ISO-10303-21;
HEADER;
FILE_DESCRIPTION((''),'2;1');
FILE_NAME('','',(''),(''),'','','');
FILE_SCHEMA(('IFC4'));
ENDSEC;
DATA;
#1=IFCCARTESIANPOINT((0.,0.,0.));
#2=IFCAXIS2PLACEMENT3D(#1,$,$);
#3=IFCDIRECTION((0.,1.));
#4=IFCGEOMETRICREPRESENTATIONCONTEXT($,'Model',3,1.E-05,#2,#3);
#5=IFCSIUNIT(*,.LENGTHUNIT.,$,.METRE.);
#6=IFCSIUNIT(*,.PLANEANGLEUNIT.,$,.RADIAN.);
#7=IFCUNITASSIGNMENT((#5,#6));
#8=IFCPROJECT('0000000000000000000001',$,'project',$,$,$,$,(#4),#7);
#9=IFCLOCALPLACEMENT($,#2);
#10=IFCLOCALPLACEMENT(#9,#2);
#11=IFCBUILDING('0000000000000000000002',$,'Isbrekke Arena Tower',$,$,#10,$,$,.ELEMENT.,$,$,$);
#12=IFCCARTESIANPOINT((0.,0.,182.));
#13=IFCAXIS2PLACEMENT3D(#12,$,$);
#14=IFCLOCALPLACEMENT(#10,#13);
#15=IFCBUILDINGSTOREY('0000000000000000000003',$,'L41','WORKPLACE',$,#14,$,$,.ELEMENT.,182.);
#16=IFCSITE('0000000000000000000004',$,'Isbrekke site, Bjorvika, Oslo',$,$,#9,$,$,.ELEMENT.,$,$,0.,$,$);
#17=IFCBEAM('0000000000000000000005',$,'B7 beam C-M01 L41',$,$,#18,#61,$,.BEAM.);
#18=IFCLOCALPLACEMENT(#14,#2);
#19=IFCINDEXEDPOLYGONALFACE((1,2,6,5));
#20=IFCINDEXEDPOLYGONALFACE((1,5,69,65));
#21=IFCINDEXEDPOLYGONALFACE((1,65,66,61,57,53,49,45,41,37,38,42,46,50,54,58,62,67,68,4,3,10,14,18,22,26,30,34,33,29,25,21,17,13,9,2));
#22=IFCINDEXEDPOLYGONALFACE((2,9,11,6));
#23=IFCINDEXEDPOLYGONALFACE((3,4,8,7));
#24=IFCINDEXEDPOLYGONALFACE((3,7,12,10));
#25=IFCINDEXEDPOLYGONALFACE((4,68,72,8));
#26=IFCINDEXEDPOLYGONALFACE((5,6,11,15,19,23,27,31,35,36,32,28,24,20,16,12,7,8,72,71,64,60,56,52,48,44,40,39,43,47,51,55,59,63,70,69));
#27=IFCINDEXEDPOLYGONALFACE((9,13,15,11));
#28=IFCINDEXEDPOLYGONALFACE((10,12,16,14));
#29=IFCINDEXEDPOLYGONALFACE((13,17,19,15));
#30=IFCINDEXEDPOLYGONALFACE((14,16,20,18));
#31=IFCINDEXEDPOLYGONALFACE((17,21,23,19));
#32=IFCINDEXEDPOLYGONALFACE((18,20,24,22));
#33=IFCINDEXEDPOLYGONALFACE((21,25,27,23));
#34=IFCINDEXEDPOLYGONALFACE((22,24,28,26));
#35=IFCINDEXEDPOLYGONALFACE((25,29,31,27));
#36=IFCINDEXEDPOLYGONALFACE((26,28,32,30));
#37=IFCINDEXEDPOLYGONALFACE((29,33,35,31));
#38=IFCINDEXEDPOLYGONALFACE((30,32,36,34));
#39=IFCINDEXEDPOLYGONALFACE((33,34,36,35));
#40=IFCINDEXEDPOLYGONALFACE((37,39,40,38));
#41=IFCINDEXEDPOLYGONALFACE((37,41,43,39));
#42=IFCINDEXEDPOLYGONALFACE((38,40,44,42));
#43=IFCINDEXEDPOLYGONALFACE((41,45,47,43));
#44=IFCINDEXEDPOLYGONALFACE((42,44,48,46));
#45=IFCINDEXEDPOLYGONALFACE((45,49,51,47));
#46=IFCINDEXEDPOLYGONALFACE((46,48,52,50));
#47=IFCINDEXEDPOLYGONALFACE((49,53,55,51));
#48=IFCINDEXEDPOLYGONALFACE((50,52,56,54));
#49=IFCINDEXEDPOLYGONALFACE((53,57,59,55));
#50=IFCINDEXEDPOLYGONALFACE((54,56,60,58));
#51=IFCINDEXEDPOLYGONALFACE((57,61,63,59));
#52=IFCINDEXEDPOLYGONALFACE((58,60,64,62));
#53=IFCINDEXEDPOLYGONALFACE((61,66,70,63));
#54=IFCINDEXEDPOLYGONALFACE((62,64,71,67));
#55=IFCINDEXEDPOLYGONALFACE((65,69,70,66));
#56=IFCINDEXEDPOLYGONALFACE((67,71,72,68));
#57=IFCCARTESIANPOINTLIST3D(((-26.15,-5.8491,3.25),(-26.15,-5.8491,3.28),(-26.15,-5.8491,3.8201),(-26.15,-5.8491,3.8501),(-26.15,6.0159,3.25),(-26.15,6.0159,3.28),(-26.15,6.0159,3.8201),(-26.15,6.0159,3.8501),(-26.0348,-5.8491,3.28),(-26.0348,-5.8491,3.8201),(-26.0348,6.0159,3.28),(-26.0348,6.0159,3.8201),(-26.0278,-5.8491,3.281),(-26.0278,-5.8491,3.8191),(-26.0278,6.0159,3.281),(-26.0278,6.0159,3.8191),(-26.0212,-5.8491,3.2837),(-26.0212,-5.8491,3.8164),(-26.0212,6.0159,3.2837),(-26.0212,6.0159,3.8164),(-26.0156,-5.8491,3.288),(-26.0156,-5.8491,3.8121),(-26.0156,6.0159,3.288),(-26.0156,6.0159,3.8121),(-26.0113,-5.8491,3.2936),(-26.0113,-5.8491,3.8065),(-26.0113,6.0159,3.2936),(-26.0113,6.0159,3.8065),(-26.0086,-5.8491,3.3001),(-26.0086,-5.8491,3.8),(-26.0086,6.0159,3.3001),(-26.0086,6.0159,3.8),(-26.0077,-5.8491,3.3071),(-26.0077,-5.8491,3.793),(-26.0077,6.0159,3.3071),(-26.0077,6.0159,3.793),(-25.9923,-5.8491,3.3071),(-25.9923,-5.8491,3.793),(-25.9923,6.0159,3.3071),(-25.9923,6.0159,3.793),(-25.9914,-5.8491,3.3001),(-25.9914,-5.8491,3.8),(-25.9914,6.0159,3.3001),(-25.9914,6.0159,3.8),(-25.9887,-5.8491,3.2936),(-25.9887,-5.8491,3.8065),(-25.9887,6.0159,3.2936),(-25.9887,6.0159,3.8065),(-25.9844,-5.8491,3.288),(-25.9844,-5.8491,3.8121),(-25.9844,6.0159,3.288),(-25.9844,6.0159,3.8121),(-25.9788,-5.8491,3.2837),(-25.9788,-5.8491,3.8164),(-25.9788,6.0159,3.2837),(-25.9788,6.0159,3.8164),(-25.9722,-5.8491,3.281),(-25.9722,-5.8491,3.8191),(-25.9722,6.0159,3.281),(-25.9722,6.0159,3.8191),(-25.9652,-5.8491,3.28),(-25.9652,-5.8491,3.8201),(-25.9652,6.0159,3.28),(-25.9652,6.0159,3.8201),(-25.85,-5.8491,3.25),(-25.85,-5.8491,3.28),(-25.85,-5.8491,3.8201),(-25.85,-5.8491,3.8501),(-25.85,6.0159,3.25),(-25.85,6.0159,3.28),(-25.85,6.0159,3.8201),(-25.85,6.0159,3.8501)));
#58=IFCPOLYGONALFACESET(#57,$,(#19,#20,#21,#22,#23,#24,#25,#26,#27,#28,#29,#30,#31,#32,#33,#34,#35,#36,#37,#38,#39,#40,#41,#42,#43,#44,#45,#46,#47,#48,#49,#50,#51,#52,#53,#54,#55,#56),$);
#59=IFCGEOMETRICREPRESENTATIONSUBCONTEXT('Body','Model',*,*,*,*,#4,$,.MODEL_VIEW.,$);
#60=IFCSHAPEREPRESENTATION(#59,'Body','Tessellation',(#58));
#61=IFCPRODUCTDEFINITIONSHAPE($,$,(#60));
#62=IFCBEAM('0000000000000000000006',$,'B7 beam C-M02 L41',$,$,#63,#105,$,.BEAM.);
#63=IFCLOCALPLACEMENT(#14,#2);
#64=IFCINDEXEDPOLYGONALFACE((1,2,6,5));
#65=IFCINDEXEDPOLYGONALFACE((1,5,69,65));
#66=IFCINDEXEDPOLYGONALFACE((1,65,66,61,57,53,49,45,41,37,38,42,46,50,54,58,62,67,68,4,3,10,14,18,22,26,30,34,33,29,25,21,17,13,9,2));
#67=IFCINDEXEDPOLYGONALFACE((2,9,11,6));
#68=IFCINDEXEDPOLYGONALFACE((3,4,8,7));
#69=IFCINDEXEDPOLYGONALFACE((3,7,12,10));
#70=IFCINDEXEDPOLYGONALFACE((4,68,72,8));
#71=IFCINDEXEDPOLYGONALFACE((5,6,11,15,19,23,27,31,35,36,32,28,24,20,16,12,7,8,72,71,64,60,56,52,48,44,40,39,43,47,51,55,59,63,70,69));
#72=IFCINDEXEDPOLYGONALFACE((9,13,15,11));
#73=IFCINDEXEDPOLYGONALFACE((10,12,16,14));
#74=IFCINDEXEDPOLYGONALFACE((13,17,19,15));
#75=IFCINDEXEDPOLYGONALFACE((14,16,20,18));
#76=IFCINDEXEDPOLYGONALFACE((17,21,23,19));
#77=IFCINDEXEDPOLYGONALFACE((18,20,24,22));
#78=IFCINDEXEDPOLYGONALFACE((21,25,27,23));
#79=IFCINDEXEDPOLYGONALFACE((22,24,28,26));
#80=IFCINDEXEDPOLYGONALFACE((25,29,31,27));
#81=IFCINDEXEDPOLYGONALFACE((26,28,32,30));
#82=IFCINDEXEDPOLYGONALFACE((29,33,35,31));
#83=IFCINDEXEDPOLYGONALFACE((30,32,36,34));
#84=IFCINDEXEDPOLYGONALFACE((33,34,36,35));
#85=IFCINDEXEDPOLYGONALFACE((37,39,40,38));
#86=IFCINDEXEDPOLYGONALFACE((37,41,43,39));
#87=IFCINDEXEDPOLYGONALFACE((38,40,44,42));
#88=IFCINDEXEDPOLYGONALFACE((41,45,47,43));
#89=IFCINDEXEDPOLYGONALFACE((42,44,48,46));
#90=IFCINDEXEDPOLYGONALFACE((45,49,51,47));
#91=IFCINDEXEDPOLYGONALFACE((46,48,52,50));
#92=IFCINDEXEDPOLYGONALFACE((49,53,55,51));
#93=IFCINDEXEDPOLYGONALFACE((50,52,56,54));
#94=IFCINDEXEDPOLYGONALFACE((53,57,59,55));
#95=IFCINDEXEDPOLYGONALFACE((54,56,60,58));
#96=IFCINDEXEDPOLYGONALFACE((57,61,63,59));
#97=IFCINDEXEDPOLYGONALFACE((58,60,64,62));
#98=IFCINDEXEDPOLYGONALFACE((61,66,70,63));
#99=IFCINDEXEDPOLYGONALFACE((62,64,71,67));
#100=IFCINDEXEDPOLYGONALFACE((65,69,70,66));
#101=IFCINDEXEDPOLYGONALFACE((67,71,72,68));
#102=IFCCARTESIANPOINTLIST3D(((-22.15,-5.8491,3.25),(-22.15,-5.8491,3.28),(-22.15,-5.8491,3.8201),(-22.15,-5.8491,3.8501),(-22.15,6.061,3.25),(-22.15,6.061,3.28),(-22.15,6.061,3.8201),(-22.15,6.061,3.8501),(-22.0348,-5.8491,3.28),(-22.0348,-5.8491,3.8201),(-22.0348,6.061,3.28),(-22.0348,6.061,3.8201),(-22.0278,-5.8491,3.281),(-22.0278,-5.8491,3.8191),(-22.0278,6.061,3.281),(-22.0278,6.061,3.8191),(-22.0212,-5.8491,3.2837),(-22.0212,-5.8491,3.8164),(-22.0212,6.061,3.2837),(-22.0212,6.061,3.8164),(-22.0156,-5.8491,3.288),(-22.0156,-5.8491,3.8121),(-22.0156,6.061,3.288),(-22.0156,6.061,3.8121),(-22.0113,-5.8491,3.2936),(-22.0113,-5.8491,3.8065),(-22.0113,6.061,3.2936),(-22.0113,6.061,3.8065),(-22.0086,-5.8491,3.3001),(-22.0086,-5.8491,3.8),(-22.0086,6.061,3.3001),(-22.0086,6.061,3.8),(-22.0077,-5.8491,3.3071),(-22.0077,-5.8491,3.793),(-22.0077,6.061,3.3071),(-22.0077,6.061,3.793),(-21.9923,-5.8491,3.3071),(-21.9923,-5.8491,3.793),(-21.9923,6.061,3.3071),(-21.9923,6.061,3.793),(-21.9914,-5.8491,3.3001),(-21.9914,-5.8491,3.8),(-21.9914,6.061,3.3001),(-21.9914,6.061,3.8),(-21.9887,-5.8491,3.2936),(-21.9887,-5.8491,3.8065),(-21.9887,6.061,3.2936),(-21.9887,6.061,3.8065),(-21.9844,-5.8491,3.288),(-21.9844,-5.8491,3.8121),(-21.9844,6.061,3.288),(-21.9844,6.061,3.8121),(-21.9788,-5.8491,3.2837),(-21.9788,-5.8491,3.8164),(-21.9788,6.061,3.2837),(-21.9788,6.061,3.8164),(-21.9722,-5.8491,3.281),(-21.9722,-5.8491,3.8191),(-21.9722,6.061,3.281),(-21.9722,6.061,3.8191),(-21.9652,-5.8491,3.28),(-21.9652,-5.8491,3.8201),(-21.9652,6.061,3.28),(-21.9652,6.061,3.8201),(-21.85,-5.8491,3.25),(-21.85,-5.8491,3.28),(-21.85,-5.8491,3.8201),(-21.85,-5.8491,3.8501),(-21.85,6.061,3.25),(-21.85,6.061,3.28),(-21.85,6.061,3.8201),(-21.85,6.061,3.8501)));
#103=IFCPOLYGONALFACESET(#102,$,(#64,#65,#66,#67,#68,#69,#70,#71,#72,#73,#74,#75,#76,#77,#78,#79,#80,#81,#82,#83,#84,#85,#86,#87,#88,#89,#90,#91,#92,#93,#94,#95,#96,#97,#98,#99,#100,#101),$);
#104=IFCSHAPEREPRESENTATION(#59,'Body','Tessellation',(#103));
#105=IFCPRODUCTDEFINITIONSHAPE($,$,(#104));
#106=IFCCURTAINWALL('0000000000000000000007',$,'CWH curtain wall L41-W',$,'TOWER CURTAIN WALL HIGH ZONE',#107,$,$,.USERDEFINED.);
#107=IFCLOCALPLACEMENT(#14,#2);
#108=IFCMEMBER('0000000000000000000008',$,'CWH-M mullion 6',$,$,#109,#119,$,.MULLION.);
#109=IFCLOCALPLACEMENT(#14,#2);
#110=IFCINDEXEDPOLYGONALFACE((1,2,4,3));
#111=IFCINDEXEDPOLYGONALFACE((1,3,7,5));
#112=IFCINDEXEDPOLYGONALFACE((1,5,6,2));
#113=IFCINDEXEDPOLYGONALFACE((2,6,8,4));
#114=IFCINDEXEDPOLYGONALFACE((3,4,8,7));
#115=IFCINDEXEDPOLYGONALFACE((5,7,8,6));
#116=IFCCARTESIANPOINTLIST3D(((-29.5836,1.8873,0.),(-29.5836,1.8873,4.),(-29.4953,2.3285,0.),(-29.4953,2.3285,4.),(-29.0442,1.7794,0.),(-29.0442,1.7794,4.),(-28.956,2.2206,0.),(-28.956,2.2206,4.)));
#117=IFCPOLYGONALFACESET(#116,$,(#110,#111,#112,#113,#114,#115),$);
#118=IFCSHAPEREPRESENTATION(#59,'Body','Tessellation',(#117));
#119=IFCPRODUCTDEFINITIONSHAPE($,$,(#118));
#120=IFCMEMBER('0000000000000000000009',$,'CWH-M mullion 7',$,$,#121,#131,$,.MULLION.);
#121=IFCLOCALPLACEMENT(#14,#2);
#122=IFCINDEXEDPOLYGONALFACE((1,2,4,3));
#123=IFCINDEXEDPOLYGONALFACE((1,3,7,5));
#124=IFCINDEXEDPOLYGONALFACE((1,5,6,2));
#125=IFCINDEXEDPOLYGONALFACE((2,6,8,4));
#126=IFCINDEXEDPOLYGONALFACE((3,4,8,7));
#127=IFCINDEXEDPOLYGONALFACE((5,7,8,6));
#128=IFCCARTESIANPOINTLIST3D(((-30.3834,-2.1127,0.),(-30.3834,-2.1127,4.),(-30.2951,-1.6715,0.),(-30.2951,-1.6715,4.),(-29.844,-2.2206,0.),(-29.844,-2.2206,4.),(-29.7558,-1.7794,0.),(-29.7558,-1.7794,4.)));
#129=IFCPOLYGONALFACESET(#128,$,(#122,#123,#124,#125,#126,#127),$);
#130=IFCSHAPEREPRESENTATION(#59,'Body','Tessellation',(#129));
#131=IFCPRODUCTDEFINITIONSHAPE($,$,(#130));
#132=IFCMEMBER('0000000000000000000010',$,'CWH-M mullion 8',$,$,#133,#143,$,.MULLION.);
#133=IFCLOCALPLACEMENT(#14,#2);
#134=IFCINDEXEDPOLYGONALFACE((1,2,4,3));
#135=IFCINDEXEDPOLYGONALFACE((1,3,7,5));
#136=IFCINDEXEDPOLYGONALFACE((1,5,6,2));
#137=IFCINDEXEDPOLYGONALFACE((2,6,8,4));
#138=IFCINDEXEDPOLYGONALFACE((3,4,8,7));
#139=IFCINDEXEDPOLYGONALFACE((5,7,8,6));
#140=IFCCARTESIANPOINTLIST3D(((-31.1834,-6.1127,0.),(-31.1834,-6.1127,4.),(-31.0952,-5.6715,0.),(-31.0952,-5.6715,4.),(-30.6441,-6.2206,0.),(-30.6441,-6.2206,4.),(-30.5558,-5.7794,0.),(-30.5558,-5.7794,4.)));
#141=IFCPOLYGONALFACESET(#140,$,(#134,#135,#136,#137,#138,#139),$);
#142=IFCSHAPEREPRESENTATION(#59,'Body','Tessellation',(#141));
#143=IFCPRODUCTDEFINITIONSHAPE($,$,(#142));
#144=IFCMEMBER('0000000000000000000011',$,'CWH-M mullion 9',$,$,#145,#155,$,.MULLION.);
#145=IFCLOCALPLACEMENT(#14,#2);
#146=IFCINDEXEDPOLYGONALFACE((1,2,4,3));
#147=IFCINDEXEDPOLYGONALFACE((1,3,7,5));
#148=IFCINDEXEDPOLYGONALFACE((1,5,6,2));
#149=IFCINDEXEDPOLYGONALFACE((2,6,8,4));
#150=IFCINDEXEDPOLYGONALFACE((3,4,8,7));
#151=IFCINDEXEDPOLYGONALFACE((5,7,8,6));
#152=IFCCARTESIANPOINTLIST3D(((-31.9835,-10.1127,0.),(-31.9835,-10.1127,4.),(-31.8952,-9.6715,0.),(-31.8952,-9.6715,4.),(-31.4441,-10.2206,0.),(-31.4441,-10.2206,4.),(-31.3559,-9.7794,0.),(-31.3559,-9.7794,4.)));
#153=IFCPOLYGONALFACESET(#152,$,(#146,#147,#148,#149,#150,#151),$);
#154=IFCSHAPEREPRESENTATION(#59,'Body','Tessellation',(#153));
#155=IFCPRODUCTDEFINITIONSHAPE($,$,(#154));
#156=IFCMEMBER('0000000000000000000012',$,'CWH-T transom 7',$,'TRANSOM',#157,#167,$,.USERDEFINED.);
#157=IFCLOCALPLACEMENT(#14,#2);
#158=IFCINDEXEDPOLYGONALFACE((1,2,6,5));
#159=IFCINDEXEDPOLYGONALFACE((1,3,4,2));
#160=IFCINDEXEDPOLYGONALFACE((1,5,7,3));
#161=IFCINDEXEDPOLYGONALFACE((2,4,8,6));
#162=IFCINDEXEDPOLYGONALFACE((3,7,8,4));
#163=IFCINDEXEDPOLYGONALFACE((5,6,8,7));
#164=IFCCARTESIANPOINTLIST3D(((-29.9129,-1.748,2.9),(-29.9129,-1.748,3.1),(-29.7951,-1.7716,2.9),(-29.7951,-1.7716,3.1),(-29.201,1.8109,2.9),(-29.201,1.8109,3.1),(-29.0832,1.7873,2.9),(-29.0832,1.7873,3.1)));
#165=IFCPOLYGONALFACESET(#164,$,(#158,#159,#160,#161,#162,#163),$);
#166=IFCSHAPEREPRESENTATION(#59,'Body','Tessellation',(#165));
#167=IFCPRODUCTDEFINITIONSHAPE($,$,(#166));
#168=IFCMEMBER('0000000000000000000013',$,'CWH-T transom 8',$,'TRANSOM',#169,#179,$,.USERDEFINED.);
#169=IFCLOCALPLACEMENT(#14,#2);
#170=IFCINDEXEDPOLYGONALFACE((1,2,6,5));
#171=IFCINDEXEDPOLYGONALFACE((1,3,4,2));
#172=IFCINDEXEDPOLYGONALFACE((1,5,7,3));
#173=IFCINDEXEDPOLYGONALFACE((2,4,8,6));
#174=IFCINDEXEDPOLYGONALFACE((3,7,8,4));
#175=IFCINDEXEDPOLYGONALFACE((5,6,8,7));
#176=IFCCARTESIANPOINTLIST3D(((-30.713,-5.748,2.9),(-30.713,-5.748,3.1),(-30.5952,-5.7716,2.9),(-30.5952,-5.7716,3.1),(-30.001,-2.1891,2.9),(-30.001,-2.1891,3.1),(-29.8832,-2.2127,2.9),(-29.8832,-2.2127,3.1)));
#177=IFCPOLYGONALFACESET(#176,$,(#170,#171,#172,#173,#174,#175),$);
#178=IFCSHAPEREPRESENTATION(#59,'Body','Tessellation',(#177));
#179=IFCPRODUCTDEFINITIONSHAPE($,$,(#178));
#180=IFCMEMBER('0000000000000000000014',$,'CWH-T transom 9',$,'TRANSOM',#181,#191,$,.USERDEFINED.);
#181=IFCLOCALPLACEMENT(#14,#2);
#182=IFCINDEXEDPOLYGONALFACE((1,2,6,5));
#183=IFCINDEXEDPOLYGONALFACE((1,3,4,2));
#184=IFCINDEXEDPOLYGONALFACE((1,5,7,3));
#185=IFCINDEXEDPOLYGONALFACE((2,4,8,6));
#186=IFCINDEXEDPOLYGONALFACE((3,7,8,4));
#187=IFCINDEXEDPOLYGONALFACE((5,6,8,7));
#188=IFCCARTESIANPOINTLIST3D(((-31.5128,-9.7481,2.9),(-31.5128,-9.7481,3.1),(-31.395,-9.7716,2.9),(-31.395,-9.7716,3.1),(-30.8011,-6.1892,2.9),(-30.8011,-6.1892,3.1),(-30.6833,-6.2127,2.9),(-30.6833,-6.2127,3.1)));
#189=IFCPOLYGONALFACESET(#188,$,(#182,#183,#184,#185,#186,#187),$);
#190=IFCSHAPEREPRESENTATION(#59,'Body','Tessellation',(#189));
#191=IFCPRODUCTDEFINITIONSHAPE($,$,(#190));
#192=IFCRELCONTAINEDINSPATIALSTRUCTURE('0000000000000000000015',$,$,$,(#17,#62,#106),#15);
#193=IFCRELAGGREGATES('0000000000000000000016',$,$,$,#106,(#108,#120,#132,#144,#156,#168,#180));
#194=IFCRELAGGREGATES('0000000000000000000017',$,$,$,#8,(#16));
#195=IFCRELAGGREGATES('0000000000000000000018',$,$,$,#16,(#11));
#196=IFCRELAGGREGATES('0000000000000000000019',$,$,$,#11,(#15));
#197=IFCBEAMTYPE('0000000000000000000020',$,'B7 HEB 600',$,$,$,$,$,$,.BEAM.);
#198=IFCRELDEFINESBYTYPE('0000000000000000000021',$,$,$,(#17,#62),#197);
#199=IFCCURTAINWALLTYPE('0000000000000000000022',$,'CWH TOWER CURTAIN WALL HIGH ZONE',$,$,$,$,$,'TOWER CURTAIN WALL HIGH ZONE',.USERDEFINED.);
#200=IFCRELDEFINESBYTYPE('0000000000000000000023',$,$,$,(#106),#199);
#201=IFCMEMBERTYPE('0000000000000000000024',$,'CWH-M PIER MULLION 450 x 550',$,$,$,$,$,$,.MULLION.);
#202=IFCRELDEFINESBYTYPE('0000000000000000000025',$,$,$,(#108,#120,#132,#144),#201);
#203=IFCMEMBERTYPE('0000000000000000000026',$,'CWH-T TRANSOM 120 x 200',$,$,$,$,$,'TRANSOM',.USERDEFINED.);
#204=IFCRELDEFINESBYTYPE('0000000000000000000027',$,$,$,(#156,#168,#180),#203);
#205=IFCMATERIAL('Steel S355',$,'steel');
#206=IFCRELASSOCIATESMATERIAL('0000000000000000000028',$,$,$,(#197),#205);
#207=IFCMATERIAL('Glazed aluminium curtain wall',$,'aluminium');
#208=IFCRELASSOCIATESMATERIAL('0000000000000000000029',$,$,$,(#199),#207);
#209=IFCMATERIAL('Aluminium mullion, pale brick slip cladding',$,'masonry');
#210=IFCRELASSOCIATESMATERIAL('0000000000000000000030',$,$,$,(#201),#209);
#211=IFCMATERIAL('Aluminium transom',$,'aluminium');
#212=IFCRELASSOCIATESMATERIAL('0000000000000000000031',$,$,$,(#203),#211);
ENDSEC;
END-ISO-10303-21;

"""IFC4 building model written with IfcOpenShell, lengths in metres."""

from ifc_helpers import new_model, si_unit, direction, frame, origin, origin_2d, place, context, subcontext, project, spatial, rectangle, i_section, extrude, material, material_profile, profile_set, type_object, element, aggregate, save


model = new_model("IFC4")

# Units and contexts
model_context = context("Model", 3, precision=1e-05, world=origin(), true_north=direction((0.0, 1.0)))
body_context = subcontext(model_context, "Body", "Model", "MODEL_VIEW")
ifc_project = project(units=[si_unit("LENGTHUNIT", "METRE"), si_unit("PLANEANGLEUNIT", "RADIAN")], contexts=[model_context])

# Site, building, storey
site_placement = place(None, origin())
site = spatial("IfcSite", under=ifc_project, at=site_placement, Name="Isbrekke site, Bjorvika, Oslo", CompositionType="ELEMENT", RefElevation=0.0)
building_placement = place(site_placement, origin())
building = spatial("IfcBuilding", under=site, at=building_placement, Name="Isbrekke Arena Tower", CompositionType="ELEMENT")
storey_placement = place(building_placement, frame((0.0, 0.0, 182.0)))
storey = spatial("IfcBuildingStorey", under=building, at=storey_placement, Name="L41", Description="WORKPLACE", CompositionType="ELEMENT", Elevation=182.0)

# Beams
ifc_material_1 = material(Name="Steel S355", Category="steel")
ifc_material_profile_1 = material_profile(ifc_material_1, i_section(OverallWidth=0.3, OverallDepth=0.6001, WebThickness=0.0154, FlangeThickness=0.03, FilletRadius=0.0271, at=origin_2d()), Name="HEB 600")
ifc_profile_set_1 = profile_set([ifc_material_profile_1], Name="Steel S355")
beam_type_1 = type_object("IfcBeamType", Name="B7 HEB 600", PredefinedType="BEAM", material=ifc_profile_set_1)
beam_1_placement = place(storey_placement, frame((-26.0, -5.8491, 3.55), z_axis=(0.0, 1.0, 0.0), x_axis=(-1.0, 0.0, 0.0)))
element("IfcBeam", 1, at=beam_1_placement, inside=storey, type_object=beam_type_1, Name="B7 beam C-M01 L41", PredefinedType="BEAM", context=body_context, shape_type="SweptSolid", body=[
    extrude(i_section(OverallWidth=0.3, OverallDepth=0.6001, WebThickness=0.0154, FlangeThickness=0.03, FilletRadius=0.0271, at=origin_2d()), origin(), (0.0, 0.0, 1.0), 11.865),
])
beam_2_placement = place(storey_placement, frame((-22.0, -5.8491, 3.55), z_axis=(0.0, 1.0, 0.0), x_axis=(-1.0, 0.0, 0.0)))
element("IfcBeam", 2, at=beam_2_placement, inside=storey, type_object=beam_type_1, Name="B7 beam C-M02 L41", PredefinedType="BEAM", context=body_context, shape_type="SweptSolid", body=[
    extrude(i_section(OverallWidth=0.3, OverallDepth=0.6001, WebThickness=0.0154, FlangeThickness=0.03, FilletRadius=0.0271, at=origin_2d()), origin(), (0.0, 0.0, 1.0), 11.9102),
])

# Curtain wall, members
ifc_material_2 = material(Name="Glazed aluminium curtain wall", Category="aluminium")
curtain_wall_type = type_object("IfcCurtainWallType", Name="CWH TOWER CURTAIN WALL HIGH ZONE", ElementType="TOWER CURTAIN WALL HIGH ZONE", PredefinedType="USERDEFINED", material=ifc_material_2)
curtain_wall_placement = place(storey_placement, origin())
curtain_wall = element("IfcCurtainWall", 3, at=curtain_wall_placement, inside=storey, type_object=curtain_wall_type, Name="CWH curtain wall L41-W", ObjectType="TOWER CURTAIN WALL HIGH ZONE", PredefinedType="USERDEFINED")
ifc_material_3 = material(Name="Aluminium mullion, pale brick slip cladding", Category="masonry")
ifc_material_profile_2 = material_profile(ifc_material_3, rectangle(XDim=0.45, YDim=0.55, at=origin_2d()), Name="PIER 450X550")
ifc_profile_set_2 = profile_set([ifc_material_profile_2], Name="Aluminium mullion, pale brick slip cladding")
member_type_1 = type_object("IfcMemberType", Name="CWH-M PIER MULLION 450 x 550", PredefinedType="MULLION", material=ifc_profile_set_2)
member_1_placement = place(storey_placement, frame((-29.2698, 2.054, 0.0), z_axis=(0.0, 0.0, 1.0), x_axis=(-0.196116, -0.980581, 0.0)))
member_1 = element("IfcMember", 4, at=member_1_placement, type_object=member_type_1, Name="CWH-M mullion 6", PredefinedType="MULLION", context=body_context, shape_type="SweptSolid", body=[
    extrude(rectangle(XDim=0.45, YDim=0.55, at=origin_2d()), origin(), (0.0, 0.0, 1.0), 4.0),
])
member_2_placement = place(storey_placement, frame((-30.0696, -1.946, 0.0), z_axis=(0.0, 0.0, 1.0), x_axis=(-0.196116, -0.980581, 0.0)))
member_2 = element("IfcMember", 5, at=member_2_placement, type_object=member_type_1, Name="CWH-M mullion 7", PredefinedType="MULLION", context=body_context, shape_type="SweptSolid", body=[
    extrude(rectangle(XDim=0.45, YDim=0.55, at=origin_2d()), origin(), (0.0, 0.0, 1.0), 4.0),
])
member_3_placement = place(storey_placement, frame((-30.8696, -5.946, 0.0), z_axis=(0.0, 0.0, 1.0), x_axis=(-0.196116, -0.980581, 0.0)))
member_3 = element("IfcMember", 6, at=member_3_placement, type_object=member_type_1, Name="CWH-M mullion 8", PredefinedType="MULLION", context=body_context, shape_type="SweptSolid", body=[
    extrude(rectangle(XDim=0.45, YDim=0.55, at=origin_2d()), origin(), (0.0, 0.0, 1.0), 4.0),
])
member_4_placement = place(storey_placement, frame((-31.6697, -9.946, 0.0), z_axis=(0.0, 0.0, 1.0), x_axis=(-0.196116, -0.980581, 0.0)))
member_4 = element("IfcMember", 7, at=member_4_placement, type_object=member_type_1, Name="CWH-M mullion 9", PredefinedType="MULLION", context=body_context, shape_type="SweptSolid", body=[
    extrude(rectangle(XDim=0.45, YDim=0.55, at=origin_2d()), origin(), (0.0, 0.0, 1.0), 4.0),
])
ifc_material_4 = material(Name="Aluminium transom", Category="aluminium")
ifc_material_profile_3 = material_profile(ifc_material_4, rectangle(XDim=0.1201, YDim=0.2, at=origin_2d()), Name="TRANSOM 120X200")
ifc_profile_set_3 = profile_set([ifc_material_profile_3], Name="Aluminium transom")
member_type_2 = type_object("IfcMemberType", Name="CWH-T TRANSOM 120 x 200", ElementType="TRANSOM", PredefinedType="USERDEFINED", material=ifc_profile_set_3)
member_5_placement = place(storey_placement, frame((-29.1421, 1.7991, 3.0), z_axis=(-0.196155, -0.980573, 0.0), x_axis=(0.980573, -0.196155, 0.0)))
member_5 = element("IfcMember", 8, at=member_5_placement, type_object=member_type_2, Name="CWH-T transom 7", ObjectType="TRANSOM", PredefinedType="USERDEFINED", context=body_context, shape_type="SweptSolid", body=[
    extrude(rectangle(XDim=0.1201, YDim=0.2, at=origin_2d()), origin(), (0.0, 0.0, 1.0), 3.6294),
])
member_6_placement = place(storey_placement, frame((-29.9421, -2.2009, 3.0), z_axis=(-0.196155, -0.980573, 0.0), x_axis=(0.980573, -0.196155, 0.0)))
member_6 = element("IfcMember", 9, at=member_6_placement, type_object=member_type_2, Name="CWH-T transom 8", ObjectType="TRANSOM", PredefinedType="USERDEFINED", context=body_context, shape_type="SweptSolid", body=[
    extrude(rectangle(XDim=0.1201, YDim=0.2, at=origin_2d()), origin(), (0.0, 0.0, 1.0), 3.6294),
])
member_7_placement = place(storey_placement, frame((-30.7422, -6.2009, 3.0), z_axis=(-0.19609, -0.980586, 0.0), x_axis=(0.980586, -0.19609, 0.0)))
member_7 = element("IfcMember", 10, at=member_7_placement, type_object=member_type_2, Name="CWH-T transom 9", ObjectType="TRANSOM", PredefinedType="USERDEFINED", context=body_context, shape_type="SweptSolid", body=[
    extrude(rectangle(XDim=0.1201, YDim=0.2, at=origin_2d()), origin(), (0.0, 0.0, 1.0), 3.6294),
])

aggregate(curtain_wall, [member_1, member_2, member_3, member_4, member_5, member_6, member_7])

save(model, "model.ifc")
